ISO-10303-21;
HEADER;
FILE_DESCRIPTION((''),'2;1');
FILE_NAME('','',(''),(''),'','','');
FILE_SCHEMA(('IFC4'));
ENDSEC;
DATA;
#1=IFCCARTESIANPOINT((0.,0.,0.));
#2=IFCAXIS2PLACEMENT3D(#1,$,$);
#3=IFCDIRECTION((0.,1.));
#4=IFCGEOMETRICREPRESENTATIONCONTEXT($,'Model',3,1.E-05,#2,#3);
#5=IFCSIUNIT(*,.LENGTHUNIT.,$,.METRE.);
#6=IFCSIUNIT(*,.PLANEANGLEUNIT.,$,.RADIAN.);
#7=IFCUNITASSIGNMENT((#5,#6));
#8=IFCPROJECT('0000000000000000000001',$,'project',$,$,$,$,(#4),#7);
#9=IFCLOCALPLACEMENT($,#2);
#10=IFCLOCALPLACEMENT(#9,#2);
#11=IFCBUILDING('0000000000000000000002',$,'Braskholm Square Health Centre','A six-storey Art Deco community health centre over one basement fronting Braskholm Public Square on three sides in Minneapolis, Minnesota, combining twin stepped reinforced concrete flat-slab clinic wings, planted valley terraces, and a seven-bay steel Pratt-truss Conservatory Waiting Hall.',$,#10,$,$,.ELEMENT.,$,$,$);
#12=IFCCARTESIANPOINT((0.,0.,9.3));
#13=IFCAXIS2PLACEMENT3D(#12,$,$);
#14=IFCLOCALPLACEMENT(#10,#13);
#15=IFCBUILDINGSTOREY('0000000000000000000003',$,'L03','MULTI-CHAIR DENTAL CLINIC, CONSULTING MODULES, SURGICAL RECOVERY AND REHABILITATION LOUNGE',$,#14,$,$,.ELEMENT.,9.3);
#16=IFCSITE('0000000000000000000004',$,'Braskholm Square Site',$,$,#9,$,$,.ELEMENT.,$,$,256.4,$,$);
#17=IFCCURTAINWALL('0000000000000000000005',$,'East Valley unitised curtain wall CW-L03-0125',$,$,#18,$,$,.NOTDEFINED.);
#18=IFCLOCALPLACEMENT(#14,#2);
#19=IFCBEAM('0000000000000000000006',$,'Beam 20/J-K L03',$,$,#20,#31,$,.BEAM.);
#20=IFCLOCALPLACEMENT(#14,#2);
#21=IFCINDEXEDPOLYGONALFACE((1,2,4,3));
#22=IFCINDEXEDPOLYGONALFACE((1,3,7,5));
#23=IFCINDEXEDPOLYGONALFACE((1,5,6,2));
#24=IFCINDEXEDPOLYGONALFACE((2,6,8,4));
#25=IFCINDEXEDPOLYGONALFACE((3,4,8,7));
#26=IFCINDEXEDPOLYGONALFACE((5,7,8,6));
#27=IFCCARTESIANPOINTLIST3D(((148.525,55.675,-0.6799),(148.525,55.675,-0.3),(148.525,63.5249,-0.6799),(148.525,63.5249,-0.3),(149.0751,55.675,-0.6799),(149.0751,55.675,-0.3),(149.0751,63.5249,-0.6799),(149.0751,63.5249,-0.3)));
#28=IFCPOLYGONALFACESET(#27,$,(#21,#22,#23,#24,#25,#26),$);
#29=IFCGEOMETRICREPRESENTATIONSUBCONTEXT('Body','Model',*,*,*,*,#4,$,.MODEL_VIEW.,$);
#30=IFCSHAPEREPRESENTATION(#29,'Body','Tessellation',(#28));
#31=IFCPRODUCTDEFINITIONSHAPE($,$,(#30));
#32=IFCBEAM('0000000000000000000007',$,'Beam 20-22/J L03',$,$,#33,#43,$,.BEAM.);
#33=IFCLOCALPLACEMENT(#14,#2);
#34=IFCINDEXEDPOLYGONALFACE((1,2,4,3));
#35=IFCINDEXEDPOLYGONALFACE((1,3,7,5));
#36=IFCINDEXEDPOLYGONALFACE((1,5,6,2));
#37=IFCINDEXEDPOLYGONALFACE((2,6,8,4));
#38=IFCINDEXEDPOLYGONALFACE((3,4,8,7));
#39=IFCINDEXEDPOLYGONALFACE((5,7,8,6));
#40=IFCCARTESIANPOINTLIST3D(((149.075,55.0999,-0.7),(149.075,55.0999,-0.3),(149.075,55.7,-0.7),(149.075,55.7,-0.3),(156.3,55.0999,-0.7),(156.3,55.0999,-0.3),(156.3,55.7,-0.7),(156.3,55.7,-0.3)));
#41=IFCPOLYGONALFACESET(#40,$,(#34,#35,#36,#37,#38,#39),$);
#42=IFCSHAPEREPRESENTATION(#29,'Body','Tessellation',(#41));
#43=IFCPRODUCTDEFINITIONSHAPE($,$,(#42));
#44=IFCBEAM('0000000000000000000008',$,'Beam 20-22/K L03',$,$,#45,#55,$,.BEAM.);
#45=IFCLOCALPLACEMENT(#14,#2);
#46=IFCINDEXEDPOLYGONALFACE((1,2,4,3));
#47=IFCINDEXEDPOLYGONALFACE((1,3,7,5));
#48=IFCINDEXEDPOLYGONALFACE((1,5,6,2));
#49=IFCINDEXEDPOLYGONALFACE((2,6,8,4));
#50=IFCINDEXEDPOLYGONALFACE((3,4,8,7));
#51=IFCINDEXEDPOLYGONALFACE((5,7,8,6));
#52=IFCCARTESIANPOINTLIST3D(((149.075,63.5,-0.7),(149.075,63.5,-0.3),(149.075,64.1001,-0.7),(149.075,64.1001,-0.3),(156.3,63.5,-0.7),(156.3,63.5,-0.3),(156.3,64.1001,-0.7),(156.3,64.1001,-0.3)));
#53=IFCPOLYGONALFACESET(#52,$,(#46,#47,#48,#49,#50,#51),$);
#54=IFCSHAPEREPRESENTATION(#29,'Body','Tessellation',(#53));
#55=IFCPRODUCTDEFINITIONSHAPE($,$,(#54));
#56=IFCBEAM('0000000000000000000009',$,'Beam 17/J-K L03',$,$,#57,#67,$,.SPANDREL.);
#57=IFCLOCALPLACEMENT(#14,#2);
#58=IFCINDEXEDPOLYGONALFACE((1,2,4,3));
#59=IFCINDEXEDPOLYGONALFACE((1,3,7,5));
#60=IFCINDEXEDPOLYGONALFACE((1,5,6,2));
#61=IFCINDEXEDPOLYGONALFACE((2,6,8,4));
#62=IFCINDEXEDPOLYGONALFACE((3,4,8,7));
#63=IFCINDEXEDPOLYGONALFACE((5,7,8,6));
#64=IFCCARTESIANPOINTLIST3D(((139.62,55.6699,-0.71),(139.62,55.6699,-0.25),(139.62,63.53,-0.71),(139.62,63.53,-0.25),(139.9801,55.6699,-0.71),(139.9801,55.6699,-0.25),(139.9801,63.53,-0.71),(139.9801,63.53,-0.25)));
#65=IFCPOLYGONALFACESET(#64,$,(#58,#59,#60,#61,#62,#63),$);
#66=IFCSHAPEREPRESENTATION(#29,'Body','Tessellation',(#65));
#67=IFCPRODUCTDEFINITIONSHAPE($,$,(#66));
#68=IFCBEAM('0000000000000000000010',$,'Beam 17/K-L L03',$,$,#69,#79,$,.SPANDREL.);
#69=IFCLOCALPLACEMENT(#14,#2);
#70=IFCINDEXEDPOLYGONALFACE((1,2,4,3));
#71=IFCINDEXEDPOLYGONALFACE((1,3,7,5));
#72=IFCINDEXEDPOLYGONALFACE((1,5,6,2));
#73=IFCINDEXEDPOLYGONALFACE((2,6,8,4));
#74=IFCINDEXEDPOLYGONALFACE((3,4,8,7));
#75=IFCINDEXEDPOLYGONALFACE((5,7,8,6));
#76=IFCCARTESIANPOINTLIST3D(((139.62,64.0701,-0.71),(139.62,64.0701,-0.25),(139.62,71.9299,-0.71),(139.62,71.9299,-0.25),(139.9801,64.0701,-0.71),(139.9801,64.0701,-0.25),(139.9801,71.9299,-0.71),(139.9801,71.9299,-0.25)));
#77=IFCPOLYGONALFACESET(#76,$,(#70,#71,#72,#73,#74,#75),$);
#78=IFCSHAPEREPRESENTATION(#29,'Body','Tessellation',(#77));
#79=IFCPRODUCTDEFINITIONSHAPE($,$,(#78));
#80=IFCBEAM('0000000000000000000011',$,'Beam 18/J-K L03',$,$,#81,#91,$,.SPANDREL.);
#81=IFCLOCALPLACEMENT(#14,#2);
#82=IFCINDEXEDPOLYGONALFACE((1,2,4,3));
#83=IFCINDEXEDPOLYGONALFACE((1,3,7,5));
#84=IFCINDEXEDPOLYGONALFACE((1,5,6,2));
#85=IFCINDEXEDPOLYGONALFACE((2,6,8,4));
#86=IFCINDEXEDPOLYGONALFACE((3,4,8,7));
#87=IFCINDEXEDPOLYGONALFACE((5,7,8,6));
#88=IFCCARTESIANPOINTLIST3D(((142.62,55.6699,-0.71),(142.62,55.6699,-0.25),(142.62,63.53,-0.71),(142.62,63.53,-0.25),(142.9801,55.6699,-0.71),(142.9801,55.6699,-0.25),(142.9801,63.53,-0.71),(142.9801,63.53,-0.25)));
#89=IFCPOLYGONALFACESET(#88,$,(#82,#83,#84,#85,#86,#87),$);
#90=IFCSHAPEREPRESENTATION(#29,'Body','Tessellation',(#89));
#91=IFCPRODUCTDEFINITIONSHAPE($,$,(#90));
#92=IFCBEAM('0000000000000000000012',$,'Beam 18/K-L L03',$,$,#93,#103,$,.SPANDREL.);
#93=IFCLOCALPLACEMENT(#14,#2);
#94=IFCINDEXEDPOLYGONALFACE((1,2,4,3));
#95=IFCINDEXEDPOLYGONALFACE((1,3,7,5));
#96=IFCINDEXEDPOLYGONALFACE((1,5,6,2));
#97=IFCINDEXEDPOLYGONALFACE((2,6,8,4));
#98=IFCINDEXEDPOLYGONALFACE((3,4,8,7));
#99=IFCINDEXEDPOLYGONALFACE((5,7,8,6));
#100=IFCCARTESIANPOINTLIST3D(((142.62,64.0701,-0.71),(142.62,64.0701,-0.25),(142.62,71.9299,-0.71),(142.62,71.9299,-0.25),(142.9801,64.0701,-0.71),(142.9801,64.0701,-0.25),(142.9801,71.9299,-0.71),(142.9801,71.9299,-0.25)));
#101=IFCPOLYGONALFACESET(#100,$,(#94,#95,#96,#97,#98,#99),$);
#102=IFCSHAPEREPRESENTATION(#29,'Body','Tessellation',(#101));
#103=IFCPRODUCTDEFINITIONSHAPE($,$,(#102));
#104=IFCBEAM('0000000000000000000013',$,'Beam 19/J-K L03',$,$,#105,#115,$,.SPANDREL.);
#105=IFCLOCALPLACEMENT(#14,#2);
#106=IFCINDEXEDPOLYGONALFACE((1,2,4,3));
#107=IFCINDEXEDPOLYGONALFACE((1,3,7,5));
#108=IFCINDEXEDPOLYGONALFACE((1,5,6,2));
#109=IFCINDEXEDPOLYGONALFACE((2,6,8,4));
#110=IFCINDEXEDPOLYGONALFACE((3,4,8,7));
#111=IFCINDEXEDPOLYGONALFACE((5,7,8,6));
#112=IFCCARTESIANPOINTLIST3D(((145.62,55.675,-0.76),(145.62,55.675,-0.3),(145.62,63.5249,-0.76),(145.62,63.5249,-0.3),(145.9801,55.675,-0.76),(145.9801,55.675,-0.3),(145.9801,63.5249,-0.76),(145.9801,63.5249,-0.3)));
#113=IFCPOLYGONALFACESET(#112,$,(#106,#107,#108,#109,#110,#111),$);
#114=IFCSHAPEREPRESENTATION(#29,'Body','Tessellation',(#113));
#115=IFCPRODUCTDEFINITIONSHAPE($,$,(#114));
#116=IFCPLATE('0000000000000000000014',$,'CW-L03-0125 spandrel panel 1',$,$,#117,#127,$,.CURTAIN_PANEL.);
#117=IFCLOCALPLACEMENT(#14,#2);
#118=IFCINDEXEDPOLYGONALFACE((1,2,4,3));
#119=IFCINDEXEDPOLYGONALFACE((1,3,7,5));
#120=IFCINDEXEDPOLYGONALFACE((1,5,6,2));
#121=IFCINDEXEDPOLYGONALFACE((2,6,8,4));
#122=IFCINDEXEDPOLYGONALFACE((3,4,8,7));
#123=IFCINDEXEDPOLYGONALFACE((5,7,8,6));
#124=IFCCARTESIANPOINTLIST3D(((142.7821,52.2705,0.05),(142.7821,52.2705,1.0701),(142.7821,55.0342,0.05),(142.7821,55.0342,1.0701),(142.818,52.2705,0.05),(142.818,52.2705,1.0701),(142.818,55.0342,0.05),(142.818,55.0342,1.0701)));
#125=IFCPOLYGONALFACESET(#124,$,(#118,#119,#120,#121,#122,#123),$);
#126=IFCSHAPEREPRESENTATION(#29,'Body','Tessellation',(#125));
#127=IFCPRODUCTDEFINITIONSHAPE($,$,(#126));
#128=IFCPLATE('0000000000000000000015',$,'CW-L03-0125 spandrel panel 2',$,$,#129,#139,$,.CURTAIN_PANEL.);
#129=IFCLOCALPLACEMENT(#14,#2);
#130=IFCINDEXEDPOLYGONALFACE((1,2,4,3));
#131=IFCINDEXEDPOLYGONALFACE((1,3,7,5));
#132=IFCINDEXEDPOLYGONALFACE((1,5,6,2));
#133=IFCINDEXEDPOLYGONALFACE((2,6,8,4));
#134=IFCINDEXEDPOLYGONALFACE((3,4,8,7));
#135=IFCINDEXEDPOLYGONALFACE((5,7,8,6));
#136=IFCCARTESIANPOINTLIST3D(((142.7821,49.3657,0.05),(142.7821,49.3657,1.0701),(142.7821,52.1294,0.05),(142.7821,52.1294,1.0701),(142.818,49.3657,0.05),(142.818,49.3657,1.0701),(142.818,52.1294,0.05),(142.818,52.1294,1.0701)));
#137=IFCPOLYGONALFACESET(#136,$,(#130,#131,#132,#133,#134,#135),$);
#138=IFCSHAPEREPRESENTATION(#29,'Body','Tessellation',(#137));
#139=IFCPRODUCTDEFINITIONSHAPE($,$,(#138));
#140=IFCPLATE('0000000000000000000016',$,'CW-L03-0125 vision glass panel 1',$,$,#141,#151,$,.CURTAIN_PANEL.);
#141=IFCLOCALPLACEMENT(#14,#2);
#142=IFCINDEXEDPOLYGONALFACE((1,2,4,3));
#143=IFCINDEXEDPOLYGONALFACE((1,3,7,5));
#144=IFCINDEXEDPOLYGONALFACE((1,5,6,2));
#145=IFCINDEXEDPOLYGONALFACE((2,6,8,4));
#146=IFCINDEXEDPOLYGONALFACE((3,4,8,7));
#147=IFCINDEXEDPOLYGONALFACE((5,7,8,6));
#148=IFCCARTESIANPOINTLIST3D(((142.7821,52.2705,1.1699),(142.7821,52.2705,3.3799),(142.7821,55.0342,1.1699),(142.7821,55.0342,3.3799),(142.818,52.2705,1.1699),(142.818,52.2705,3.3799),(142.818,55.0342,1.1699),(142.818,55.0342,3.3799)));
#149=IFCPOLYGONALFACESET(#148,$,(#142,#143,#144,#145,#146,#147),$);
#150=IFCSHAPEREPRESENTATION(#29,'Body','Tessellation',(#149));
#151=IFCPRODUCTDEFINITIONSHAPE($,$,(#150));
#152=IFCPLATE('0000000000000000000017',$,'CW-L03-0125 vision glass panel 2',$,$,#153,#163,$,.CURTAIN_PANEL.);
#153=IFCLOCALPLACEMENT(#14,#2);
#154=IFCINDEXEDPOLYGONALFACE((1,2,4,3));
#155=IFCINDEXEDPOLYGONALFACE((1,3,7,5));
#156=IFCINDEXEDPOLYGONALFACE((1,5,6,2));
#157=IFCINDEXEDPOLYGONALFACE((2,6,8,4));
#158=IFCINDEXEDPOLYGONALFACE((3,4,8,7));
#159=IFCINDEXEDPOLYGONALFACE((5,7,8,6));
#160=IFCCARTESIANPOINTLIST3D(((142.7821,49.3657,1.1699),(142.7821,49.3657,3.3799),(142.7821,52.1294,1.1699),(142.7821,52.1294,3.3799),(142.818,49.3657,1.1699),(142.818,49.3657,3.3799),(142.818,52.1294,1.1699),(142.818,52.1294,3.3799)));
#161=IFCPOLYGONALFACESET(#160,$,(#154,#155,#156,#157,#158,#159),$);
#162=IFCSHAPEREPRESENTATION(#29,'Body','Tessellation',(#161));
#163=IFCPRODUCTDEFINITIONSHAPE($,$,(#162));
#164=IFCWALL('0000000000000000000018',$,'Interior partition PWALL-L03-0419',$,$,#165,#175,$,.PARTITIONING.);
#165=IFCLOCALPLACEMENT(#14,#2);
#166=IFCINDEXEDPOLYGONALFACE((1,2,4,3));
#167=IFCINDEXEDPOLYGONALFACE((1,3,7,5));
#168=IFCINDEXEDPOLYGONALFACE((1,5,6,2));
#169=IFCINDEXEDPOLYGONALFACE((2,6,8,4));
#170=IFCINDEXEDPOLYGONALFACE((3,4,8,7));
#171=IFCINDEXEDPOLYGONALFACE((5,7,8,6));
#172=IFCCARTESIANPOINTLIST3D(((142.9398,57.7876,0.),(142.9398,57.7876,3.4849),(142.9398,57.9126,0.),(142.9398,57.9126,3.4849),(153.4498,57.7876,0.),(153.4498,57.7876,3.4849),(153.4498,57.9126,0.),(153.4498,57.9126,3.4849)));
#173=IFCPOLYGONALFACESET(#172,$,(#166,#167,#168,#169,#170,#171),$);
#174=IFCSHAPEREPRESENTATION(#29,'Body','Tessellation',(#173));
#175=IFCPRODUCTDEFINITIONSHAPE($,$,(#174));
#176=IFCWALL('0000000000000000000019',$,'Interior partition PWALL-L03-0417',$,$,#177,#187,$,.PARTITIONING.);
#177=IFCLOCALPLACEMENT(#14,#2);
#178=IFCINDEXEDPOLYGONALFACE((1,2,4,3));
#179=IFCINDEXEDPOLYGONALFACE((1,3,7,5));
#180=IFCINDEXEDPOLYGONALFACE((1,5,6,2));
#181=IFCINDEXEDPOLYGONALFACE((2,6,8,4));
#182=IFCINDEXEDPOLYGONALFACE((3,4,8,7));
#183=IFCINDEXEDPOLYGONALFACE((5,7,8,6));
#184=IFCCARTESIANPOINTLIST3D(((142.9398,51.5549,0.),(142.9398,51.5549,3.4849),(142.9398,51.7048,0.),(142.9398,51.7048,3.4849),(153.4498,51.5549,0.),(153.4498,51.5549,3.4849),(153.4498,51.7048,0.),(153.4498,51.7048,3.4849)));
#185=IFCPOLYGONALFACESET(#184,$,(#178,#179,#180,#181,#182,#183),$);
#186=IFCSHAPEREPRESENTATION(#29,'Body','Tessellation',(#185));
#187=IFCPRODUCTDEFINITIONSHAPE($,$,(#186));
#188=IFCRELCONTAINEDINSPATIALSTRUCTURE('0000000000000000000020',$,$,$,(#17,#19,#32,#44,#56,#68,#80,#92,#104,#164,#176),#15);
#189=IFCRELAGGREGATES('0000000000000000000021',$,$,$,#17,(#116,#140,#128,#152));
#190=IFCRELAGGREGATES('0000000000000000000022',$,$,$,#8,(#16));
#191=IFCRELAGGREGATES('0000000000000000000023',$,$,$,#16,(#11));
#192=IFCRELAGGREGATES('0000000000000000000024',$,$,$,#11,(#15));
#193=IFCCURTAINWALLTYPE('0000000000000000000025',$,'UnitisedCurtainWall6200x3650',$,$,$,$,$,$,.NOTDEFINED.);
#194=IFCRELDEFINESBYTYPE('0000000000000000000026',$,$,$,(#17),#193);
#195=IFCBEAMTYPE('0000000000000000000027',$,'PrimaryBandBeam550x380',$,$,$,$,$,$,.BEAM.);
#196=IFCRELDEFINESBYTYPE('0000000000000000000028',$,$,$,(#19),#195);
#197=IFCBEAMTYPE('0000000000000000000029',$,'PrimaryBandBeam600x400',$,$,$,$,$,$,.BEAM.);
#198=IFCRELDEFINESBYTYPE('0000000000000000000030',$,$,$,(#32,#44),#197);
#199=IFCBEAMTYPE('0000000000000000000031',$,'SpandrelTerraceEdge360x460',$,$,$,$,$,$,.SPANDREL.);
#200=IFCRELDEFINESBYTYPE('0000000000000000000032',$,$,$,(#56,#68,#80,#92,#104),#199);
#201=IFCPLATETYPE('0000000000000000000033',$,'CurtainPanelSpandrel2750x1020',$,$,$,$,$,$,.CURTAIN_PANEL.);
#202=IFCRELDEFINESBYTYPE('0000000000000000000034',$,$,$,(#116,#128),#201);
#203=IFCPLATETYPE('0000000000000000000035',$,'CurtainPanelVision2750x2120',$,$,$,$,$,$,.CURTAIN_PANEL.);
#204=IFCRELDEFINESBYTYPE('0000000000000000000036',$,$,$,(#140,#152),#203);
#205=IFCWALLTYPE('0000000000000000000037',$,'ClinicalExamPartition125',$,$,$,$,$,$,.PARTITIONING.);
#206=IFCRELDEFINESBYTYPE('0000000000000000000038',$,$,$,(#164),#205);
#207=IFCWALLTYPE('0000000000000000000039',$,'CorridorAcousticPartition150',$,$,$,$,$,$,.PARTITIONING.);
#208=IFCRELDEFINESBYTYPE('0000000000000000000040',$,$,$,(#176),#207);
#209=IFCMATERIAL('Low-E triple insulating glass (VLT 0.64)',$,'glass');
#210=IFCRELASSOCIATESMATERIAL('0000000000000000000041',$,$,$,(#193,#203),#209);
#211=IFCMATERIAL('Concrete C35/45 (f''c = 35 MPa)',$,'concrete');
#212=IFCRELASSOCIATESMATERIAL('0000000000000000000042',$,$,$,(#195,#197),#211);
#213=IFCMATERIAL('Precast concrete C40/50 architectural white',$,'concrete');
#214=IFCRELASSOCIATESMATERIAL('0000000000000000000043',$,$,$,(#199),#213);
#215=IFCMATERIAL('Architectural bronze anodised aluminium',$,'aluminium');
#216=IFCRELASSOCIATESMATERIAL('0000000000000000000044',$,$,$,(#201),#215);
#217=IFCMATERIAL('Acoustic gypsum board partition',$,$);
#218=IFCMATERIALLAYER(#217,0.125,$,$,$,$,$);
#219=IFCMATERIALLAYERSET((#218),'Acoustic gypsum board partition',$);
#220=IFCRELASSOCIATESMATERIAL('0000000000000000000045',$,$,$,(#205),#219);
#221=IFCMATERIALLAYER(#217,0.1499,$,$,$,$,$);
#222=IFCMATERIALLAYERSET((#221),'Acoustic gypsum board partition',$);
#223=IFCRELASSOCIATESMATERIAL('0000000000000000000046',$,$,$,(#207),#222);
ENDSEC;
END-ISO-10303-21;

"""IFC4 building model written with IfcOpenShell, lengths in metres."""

from ifc_helpers import new_model, si_unit, direction, frame, frame_2d, origin, origin_2d, place, context, subcontext, project, spatial, rectangle, extrude, material, layer, layer_set, material_profile, profile_set, type_object, element, aggregate, save


model = new_model("IFC4")

# Units and contexts
model_context = context("Model", 3, precision=1e-05, world=origin(), true_north=direction((0.0, 1.0)))
body_context = subcontext(model_context, "Body", "Model", "MODEL_VIEW")
ifc_project = project(units=[si_unit("LENGTHUNIT", "METRE"), si_unit("PLANEANGLEUNIT", "RADIAN")], contexts=[model_context])

# Site, building, storey
site_placement = place(None, origin())
site = spatial("IfcSite", under=ifc_project, at=site_placement, Name="Braskholm Square Site", CompositionType="ELEMENT", RefElevation=256.4)
building_placement = place(site_placement, origin())
building = spatial("IfcBuilding", under=site, at=building_placement, Name="Braskholm Square Health Centre", Description="A six-storey Art Deco community health centre over one basement fronting Braskholm Public Square on three sides in Minneapolis, Minnesota, combining twin stepped reinforced concrete flat-slab clinic wings, planted valley terraces, and a seven-bay steel Pratt-truss Conservatory Waiting Hall.", CompositionType="ELEMENT")
storey_placement = place(building_placement, frame((0.0, 0.0, 9.3)))
storey = spatial("IfcBuildingStorey", under=building, at=storey_placement, Name="L03", Description="MULTI-CHAIR DENTAL CLINIC, CONSULTING MODULES, SURGICAL RECOVERY AND REHABILITATION LOUNGE", CompositionType="ELEMENT", Elevation=9.3)

# Curtain wall
ifc_material_1 = material(Name="Low-E triple insulating glass (VLT 0.64)", Category="glass")
curtain_wall_type = type_object("IfcCurtainWallType", Name="UnitisedCurtainWall6200x3650", PredefinedType="NOTDEFINED", material=ifc_material_1)
curtain_wall_placement = place(storey_placement, origin())
curtain_wall = element("IfcCurtainWall", 1, at=curtain_wall_placement, inside=storey, type_object=curtain_wall_type, Name="East Valley unitised curtain wall CW-L03-0125", PredefinedType="NOTDEFINED")
ifc_material_2 = material(Name="Architectural bronze anodised aluminium", Category="aluminium")

# Beams
ifc_material_3 = material(Name="Concrete C35/45 (f'c = 35 MPa)", Category="concrete")
ifc_material_profile_1 = material_profile(ifc_material_3, rectangle(XDim=0.55, YDim=0.3799, at=origin_2d()), Name="RCB-550X380")
ifc_profile_set_1 = profile_set([ifc_material_profile_1], Name="Concrete C35/45 (f'c = 35 MPa)")
beam_type_1 = type_object("IfcBeamType", Name="PrimaryBandBeam550x380", PredefinedType="BEAM", material=ifc_profile_set_1)
beam_1_placement = place(storey_placement, frame((148.8, 55.675, -0.49), z_axis=(0.0, 1.0, 0.0), x_axis=(-1.0, 0.0, 0.0)))
element("IfcBeam", 2, at=beam_1_placement, inside=storey, type_object=beam_type_1, Name="Beam 20/J-K L03", PredefinedType="BEAM", context=body_context, shape_type="SweptSolid", body=[
    extrude(rectangle(XDim=0.55, YDim=0.3799, at=origin_2d()), origin(), (0.0, 0.0, 1.0), 7.8499),
])
ifc_material_profile_2 = material_profile(ifc_material_3, rectangle(XDim=0.6001, YDim=0.3999, at=origin_2d()), Name="RCB-600X400")
ifc_profile_set_2 = profile_set([ifc_material_profile_2], Name="Concrete C35/45 (f'c = 35 MPa)")
beam_type_2 = type_object("IfcBeamType", Name="PrimaryBandBeam600x400", PredefinedType="BEAM", material=ifc_profile_set_2)
for number, where, z_axis, x_axis, name in (
    (3, (149.075, 55.3999, -0.5), (1.0, 0.0, 0.0), (0.0, 1.0, 0.0), "Beam 20-22/J L03"),
    (4, (149.075, 63.8, -0.5), (1.0, 0.0, 0.0), (0.0, 1.0, 0.0), "Beam 20-22/K L03"),
):
    element("IfcBeam", number, at=place(storey_placement, frame(where, z_axis=z_axis, x_axis=x_axis)), inside=storey, type_object=beam_type_2, Name=name, PredefinedType="BEAM", context=body_context, shape_type="SweptSolid", body=[
        extrude(rectangle(XDim=0.6001, YDim=0.3999, at=origin_2d()), origin(), (0.0, 0.0, 1.0), 7.2251),
    ])
ifc_material_4 = material(Name="Precast concrete C40/50 architectural white", Category="concrete")
ifc_material_profile_3 = material_profile(ifc_material_4, rectangle(XDim=0.3601, YDim=0.46, at=origin_2d()), Name="RCB-360X460")
ifc_profile_set_3 = profile_set([ifc_material_profile_3], Name="Precast concrete C40/50 architectural white")
beam_type_3 = type_object("IfcBeamType", Name="SpandrelTerraceEdge360x460", PredefinedType="SPANDREL", material=ifc_profile_set_3)
beam_2_placement = place(storey_placement, frame((139.8, 55.6699, -0.48), z_axis=(0.0, 1.0, 0.0), x_axis=(-1.0, 0.0, 0.0)))
element("IfcBeam", 5, at=beam_2_placement, inside=storey, type_object=beam_type_3, Name="Beam 17/J-K L03", PredefinedType="SPANDREL", context=body_context, shape_type="SweptSolid", body=[
    extrude(rectangle(XDim=0.3601, YDim=0.46, at=origin_2d()), origin(), (0.0, 0.0, 1.0), 7.8601),
])
beam_3_placement = place(storey_placement, frame((139.8, 64.0701, -0.48), z_axis=(0.0, 1.0, 0.0), x_axis=(-1.0, 0.0, 0.0)))
element("IfcBeam", 6, at=beam_3_placement, inside=storey, type_object=beam_type_3, Name="Beam 17/K-L L03", PredefinedType="SPANDREL", context=body_context, shape_type="SweptSolid", body=[
    extrude(rectangle(XDim=0.3601, YDim=0.46, at=origin_2d()), origin(), (0.0, 0.0, 1.0), 7.8599),
])
beam_4_placement = place(storey_placement, frame((142.8, 55.6699, -0.48), z_axis=(0.0, 1.0, 0.0), x_axis=(-1.0, 0.0, 0.0)))
element("IfcBeam", 7, at=beam_4_placement, inside=storey, type_object=beam_type_3, Name="Beam 18/J-K L03", PredefinedType="SPANDREL", context=body_context, shape_type="SweptSolid", body=[
    extrude(rectangle(XDim=0.3601, YDim=0.46, at=origin_2d()), origin(), (0.0, 0.0, 1.0), 7.8601),
])
beam_5_placement = place(storey_placement, frame((142.8, 64.0701, -0.48), z_axis=(0.0, 1.0, 0.0), x_axis=(-1.0, 0.0, 0.0)))
element("IfcBeam", 8, at=beam_5_placement, inside=storey, type_object=beam_type_3, Name="Beam 18/K-L L03", PredefinedType="SPANDREL", context=body_context, shape_type="SweptSolid", body=[
    extrude(rectangle(XDim=0.3601, YDim=0.46, at=origin_2d()), origin(), (0.0, 0.0, 1.0), 7.8599),
])
beam_6_placement = place(storey_placement, frame((145.8, 55.675, -0.53), z_axis=(0.0, 1.0, 0.0), x_axis=(-1.0, 0.0, 0.0)))
element("IfcBeam", 9, at=beam_6_placement, inside=storey, type_object=beam_type_3, Name="Beam 19/J-K L03", PredefinedType="SPANDREL", context=body_context, shape_type="SweptSolid", body=[
    extrude(rectangle(XDim=0.3601, YDim=0.46, at=origin_2d()), origin(), (0.0, 0.0, 1.0), 7.8499),
])

# Plates
plate_type_1 = type_object("IfcPlateType", Name="CurtainPanelSpandrel2750x1020", PredefinedType="CURTAIN_PANEL", material=ifc_material_2)
plate_1_placement = place(storey_placement, frame((142.8, 53.6523, 0.05), z_axis=(0.0, 0.0, 1.0), x_axis=(0.0, -1.0, 0.0)))
plate_1 = element("IfcPlate", 10, at=plate_1_placement, type_object=plate_type_1, Name="CW-L03-0125 spandrel panel 1", PredefinedType="CURTAIN_PANEL", context=body_context, shape_type="SweptSolid", body=[
    extrude(rectangle(XDim=2.7637, YDim=0.0359, at=origin_2d()), origin(), (0.0, 0.0, 1.0), 1.02),
])
plate_2_placement = place(storey_placement, frame((142.8, 50.7476, 0.05), z_axis=(0.0, 0.0, 1.0), x_axis=(0.0, -1.0, 0.0)))
plate_2 = element("IfcPlate", 11, at=plate_2_placement, type_object=plate_type_1, Name="CW-L03-0125 spandrel panel 2", PredefinedType="CURTAIN_PANEL", context=body_context, shape_type="SweptSolid", body=[
    extrude(rectangle(XDim=2.7637, YDim=0.0359, at=origin_2d()), origin(), (0.0, 0.0, 1.0), 1.02),
])
plate_type_2 = type_object("IfcPlateType", Name="CurtainPanelVision2750x2120", PredefinedType="CURTAIN_PANEL", material=ifc_material_1)
plate_3_placement = place(storey_placement, frame((142.8, 53.6523, 1.1699), z_axis=(0.0, 0.0, 1.0), x_axis=(0.0, -1.0, 0.0)))
plate_3 = element("IfcPlate", 12, at=plate_3_placement, type_object=plate_type_2, Name="CW-L03-0125 vision glass panel 1", PredefinedType="CURTAIN_PANEL", context=body_context, shape_type="SweptSolid", body=[
    extrude(rectangle(XDim=2.7637, YDim=0.0359, at=origin_2d()), origin(), (0.0, 0.0, 1.0), 2.21),
])
plate_4_placement = place(storey_placement, frame((142.8, 50.7476, 1.1699), z_axis=(0.0, 0.0, 1.0), x_axis=(0.0, -1.0, 0.0)))
plate_4 = element("IfcPlate", 13, at=plate_4_placement, type_object=plate_type_2, Name="CW-L03-0125 vision glass panel 2", PredefinedType="CURTAIN_PANEL", context=body_context, shape_type="SweptSolid", body=[
    extrude(rectangle(XDim=2.7637, YDim=0.0359, at=origin_2d()), origin(), (0.0, 0.0, 1.0), 2.21),
])
aggregate(curtain_wall, [plate_1, plate_3, plate_2, plate_4])

# Walls
ifc_material_5 = material(Name="Acoustic gypsum board partition")
ifc_layer_1 = layer(ifc_material_5, 0.125)
ifc_layer_set_1 = layer_set([ifc_layer_1], Name="Acoustic gypsum board partition")
wall_type_1 = type_object("IfcWallType", Name="ClinicalExamPartition125", PredefinedType="PARTITIONING", material=ifc_layer_set_1)
wall_1_placement = place(storey_placement, frame((142.9399, 57.8501, 0.0), z_axis=(0.0, 0.0, 1.0), x_axis=(1.0, 0.0, 0.0)))
element("IfcWall", 14, at=wall_1_placement, inside=storey, type_object=wall_type_1, Name="Interior partition PWALL-L03-0419", PredefinedType="PARTITIONING", context=body_context, shape_type="SweptSolid", body=[
    extrude(rectangle(XDim=10.51, YDim=0.125, at=frame_2d((5.2549, 0.0))), origin(), (0.0, 0.0, 1.0), 3.4849),
])
ifc_layer_2 = layer(ifc_material_5, 0.1499)
ifc_layer_set_2 = layer_set([ifc_layer_2], Name="Acoustic gypsum board partition")
wall_type_2 = type_object("IfcWallType", Name="CorridorAcousticPartition150", PredefinedType="PARTITIONING", material=ifc_layer_set_2)
wall_2_placement = place(storey_placement, frame((142.9399, 51.6299, 0.0), z_axis=(0.0, 0.0, 1.0), x_axis=(1.0, 0.0, 0.0)))
element("IfcWall", 15, at=wall_2_placement, inside=storey, type_object=wall_type_2, Name="Interior partition PWALL-L03-0417", PredefinedType="PARTITIONING", context=body_context, shape_type="SweptSolid", body=[
    extrude(rectangle(XDim=10.51, YDim=0.1499, at=frame_2d((5.2549, 0.0))), origin(), (0.0, 0.0, 1.0), 3.4849),
])

save(model, "model.ifc")
